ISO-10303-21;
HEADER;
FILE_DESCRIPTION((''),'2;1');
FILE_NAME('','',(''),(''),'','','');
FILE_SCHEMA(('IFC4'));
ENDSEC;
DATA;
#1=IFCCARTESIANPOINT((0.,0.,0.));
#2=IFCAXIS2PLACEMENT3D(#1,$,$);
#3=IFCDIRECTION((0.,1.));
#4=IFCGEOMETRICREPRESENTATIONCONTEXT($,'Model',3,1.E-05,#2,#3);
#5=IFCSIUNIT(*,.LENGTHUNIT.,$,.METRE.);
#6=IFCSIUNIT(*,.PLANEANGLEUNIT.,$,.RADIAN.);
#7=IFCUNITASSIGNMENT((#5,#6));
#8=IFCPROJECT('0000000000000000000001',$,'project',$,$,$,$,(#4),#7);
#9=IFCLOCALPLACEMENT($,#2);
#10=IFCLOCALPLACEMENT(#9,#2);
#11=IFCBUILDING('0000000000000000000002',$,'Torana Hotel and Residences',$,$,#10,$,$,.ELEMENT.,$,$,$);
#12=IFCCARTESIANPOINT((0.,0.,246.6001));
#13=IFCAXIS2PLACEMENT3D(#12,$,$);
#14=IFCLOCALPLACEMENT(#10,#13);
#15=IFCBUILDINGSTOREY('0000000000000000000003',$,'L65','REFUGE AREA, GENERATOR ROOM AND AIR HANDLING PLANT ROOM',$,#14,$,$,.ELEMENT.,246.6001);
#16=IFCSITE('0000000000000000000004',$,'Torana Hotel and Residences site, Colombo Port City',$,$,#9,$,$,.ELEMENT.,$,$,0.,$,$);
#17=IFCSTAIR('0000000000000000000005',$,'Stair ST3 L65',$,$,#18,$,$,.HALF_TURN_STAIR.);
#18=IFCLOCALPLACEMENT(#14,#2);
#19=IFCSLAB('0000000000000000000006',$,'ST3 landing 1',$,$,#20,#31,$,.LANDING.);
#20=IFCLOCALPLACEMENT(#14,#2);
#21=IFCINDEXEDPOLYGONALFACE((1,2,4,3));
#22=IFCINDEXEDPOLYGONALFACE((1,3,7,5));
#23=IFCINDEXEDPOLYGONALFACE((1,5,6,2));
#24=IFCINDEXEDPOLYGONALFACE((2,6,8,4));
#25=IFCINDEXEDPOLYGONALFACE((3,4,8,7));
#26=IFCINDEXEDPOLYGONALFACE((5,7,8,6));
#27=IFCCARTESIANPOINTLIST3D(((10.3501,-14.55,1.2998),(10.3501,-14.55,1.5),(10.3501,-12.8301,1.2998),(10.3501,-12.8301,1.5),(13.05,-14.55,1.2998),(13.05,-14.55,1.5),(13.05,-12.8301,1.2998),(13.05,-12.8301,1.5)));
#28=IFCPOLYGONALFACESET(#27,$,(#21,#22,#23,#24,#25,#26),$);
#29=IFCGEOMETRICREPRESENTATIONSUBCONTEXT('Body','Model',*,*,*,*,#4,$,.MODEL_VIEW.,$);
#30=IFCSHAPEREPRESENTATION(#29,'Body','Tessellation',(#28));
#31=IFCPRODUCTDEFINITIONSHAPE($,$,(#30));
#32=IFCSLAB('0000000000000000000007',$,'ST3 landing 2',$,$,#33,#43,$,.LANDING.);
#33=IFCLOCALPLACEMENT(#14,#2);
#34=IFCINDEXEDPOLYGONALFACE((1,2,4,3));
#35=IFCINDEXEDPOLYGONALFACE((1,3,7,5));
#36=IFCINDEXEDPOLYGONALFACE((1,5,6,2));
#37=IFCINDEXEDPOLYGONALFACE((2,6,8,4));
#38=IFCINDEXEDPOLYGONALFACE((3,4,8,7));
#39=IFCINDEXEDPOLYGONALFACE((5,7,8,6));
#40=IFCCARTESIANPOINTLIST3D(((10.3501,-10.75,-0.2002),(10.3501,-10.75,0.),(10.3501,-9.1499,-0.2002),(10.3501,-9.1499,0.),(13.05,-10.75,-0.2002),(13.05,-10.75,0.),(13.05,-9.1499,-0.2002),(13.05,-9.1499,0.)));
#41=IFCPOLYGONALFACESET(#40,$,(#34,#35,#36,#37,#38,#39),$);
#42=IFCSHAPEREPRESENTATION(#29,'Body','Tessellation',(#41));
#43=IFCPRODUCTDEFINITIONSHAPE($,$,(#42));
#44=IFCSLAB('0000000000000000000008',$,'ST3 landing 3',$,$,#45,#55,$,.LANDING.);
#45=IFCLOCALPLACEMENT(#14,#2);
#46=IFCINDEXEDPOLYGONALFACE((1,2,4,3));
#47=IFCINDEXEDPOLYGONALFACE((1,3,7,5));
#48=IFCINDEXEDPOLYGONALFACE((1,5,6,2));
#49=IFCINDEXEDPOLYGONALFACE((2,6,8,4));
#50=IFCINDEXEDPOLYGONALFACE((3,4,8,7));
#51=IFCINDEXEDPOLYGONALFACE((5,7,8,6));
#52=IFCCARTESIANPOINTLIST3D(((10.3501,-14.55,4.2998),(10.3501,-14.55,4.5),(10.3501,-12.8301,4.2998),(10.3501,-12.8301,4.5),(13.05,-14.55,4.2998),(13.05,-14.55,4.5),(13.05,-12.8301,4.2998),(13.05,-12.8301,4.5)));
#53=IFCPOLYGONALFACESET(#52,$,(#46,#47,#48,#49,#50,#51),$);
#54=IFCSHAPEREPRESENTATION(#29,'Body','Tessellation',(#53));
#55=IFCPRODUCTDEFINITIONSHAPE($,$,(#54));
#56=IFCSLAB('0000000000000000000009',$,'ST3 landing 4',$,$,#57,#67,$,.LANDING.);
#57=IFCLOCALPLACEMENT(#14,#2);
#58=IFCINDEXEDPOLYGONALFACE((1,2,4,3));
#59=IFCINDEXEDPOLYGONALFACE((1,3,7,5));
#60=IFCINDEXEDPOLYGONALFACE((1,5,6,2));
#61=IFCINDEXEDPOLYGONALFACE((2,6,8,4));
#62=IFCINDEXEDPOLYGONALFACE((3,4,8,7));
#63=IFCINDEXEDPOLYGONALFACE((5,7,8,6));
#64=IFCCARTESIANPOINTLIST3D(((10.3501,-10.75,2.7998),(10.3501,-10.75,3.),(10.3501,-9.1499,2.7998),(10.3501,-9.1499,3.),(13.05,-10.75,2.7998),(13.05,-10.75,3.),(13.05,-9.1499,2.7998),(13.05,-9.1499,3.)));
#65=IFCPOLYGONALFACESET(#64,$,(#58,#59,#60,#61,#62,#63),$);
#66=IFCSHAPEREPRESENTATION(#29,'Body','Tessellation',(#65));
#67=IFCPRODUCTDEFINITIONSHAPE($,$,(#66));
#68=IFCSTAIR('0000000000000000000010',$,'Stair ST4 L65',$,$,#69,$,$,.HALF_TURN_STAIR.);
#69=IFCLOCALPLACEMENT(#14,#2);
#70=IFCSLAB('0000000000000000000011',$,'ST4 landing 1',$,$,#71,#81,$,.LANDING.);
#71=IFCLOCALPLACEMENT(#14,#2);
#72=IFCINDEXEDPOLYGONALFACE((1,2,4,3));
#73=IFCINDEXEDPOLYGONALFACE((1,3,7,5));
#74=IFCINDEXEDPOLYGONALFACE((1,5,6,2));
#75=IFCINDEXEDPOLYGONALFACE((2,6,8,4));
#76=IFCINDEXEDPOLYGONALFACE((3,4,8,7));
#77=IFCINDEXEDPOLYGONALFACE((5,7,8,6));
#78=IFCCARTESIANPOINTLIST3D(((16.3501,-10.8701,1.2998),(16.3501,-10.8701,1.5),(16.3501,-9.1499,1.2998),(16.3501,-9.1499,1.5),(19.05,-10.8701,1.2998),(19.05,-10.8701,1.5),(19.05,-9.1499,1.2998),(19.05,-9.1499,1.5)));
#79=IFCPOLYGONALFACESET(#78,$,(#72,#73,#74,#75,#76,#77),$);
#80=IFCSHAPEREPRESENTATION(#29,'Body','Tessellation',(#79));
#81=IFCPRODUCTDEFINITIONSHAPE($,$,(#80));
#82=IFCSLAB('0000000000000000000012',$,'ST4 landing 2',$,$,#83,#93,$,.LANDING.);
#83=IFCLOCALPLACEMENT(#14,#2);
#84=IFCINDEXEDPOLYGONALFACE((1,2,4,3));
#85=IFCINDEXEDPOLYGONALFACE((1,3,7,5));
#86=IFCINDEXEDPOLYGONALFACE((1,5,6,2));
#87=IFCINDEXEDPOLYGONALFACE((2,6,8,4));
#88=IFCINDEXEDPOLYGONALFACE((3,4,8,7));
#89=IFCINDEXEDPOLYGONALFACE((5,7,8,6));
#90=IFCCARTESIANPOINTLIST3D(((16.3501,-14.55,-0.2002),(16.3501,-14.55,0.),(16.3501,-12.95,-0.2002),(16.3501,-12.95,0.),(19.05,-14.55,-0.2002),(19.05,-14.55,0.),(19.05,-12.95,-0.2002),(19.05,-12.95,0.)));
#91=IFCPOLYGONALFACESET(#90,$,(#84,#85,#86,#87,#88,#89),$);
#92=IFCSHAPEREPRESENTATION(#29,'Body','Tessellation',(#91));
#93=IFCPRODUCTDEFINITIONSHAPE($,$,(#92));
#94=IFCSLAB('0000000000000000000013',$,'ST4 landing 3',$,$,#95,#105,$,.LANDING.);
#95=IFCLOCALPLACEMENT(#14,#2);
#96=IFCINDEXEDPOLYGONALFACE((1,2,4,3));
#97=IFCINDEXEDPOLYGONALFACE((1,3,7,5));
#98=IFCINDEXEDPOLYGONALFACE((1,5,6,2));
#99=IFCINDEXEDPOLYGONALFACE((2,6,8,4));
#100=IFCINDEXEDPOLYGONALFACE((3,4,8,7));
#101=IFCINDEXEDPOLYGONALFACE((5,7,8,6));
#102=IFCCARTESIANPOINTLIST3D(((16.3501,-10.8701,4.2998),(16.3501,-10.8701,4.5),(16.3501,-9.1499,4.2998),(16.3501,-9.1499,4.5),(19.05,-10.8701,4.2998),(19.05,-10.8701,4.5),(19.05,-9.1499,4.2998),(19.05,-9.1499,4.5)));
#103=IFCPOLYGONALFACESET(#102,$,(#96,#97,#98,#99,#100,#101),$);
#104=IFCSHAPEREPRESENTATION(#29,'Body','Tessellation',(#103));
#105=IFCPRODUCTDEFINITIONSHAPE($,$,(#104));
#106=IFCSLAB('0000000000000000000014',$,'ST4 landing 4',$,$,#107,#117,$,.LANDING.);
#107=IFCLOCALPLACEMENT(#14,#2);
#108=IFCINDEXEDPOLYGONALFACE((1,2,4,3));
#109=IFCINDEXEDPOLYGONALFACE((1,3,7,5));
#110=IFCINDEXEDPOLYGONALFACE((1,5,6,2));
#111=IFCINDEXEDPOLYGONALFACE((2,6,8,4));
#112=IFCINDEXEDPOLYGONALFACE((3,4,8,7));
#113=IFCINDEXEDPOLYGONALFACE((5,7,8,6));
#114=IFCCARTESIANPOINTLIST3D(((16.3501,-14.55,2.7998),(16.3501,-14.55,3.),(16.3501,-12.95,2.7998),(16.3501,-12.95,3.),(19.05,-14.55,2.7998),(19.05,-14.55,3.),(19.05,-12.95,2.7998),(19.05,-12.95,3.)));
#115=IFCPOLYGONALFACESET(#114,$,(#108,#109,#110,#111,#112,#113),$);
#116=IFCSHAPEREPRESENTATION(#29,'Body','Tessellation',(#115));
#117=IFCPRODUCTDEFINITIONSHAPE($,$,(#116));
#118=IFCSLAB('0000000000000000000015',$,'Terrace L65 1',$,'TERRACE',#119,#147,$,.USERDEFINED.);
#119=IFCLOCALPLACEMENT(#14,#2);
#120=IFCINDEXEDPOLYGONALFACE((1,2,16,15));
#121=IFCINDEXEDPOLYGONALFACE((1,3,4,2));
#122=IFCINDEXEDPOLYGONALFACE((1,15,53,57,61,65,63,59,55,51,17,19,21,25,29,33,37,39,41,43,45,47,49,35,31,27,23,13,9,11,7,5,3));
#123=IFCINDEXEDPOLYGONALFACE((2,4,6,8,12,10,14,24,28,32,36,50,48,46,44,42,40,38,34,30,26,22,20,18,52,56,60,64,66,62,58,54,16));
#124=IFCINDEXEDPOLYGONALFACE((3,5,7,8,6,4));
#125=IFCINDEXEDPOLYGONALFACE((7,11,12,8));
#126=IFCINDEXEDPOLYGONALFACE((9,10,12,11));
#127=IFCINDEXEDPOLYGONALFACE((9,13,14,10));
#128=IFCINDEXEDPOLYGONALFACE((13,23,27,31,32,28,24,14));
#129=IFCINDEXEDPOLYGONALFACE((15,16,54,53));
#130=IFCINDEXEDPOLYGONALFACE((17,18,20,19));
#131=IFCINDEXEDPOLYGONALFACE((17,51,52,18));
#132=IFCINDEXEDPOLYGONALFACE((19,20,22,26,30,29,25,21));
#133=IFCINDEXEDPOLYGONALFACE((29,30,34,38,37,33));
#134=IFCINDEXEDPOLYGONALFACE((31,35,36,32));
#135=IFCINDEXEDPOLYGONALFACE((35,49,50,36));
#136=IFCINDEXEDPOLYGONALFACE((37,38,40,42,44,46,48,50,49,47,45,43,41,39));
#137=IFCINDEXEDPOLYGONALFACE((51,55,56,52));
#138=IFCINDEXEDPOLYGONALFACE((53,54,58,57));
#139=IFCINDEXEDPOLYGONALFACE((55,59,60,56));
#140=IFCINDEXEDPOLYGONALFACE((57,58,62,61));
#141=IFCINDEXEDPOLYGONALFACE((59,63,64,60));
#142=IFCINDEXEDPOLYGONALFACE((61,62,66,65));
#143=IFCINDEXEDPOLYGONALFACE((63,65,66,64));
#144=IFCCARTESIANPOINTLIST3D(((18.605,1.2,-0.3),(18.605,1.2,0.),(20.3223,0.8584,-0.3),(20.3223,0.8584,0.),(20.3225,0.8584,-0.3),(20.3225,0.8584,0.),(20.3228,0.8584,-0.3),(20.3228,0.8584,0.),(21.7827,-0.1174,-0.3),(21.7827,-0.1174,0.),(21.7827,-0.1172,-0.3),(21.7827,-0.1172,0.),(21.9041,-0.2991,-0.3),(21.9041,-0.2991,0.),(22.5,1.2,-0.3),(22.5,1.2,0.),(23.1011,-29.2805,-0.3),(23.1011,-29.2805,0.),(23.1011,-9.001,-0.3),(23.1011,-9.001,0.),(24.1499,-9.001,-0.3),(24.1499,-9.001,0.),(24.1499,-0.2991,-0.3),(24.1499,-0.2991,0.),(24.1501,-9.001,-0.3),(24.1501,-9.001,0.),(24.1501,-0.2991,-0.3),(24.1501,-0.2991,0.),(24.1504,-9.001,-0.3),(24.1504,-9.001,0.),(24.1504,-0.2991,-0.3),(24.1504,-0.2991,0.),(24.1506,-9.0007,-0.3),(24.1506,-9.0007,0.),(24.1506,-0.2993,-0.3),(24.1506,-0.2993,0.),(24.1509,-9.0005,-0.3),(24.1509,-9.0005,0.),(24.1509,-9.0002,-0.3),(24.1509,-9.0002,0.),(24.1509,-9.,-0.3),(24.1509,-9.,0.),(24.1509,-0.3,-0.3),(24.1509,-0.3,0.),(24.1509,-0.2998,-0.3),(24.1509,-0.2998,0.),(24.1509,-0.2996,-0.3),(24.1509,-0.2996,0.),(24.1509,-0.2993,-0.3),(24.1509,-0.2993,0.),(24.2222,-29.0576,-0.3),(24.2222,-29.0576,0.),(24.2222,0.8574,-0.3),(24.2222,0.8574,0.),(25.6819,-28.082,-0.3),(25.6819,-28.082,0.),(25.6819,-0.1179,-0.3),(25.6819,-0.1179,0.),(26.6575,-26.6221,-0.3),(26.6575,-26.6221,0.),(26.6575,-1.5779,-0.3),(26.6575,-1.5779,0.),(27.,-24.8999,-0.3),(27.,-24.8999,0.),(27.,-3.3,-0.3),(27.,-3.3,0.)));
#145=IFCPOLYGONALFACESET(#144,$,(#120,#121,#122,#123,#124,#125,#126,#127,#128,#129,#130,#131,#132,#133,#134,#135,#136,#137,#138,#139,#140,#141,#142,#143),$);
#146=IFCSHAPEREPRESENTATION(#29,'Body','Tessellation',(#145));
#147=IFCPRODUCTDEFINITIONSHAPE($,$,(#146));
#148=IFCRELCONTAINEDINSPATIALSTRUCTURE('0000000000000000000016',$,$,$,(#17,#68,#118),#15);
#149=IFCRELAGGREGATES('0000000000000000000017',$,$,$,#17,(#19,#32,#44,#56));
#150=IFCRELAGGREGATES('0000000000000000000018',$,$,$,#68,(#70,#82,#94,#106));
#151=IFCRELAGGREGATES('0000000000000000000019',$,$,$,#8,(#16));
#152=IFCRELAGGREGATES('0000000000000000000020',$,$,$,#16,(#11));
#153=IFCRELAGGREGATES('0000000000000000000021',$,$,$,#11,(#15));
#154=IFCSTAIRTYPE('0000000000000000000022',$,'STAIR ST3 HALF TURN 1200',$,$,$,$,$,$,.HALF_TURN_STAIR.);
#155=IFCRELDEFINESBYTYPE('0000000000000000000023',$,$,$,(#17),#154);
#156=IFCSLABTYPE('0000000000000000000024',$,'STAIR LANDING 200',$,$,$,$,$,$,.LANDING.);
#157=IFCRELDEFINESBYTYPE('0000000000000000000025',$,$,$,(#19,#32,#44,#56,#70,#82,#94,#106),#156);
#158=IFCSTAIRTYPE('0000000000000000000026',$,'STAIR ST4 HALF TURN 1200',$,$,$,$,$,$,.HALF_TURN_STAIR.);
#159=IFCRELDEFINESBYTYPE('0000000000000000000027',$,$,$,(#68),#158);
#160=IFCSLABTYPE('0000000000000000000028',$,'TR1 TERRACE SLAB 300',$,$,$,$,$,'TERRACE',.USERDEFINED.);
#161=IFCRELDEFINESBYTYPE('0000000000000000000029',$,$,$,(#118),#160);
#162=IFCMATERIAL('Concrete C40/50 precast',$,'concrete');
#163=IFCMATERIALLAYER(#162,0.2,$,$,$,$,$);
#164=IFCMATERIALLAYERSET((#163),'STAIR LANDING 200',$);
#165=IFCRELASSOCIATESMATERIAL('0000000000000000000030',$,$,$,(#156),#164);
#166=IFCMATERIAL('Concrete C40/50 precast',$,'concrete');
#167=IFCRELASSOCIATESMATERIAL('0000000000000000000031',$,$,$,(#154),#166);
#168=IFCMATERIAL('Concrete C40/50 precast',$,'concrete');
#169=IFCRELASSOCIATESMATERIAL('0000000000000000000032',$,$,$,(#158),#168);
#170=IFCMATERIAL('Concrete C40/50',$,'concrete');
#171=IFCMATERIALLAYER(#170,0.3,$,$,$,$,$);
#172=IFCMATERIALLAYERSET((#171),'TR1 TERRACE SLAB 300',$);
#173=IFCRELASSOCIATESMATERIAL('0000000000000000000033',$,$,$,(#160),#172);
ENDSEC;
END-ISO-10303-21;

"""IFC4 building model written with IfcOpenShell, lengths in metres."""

from ifc_helpers import new_model, si_unit, direction, frame, origin, place, context, subcontext, project, spatial, polyline, outline, extrude, material, layer, layer_set, type_object, element, aggregate, save


model = new_model("IFC4")

# Units and contexts
model_context = context("Model", 3, precision=1e-05, world=origin(), true_north=direction((0.0, 1.0)))
body_context = subcontext(model_context, "Body", "Model", "MODEL_VIEW")
ifc_project = project(units=[si_unit("LENGTHUNIT", "METRE"), si_unit("PLANEANGLEUNIT", "RADIAN")], contexts=[model_context])

# Site, building, storey
site_placement = place(None, origin())
site = spatial("IfcSite", under=ifc_project, at=site_placement, Name="Torana Hotel and Residences site, Colombo Port City", CompositionType="ELEMENT", RefElevation=0.0)
building_placement = place(site_placement, origin())
building = spatial("IfcBuilding", under=site, at=building_placement, Name="Torana Hotel and Residences", CompositionType="ELEMENT")
storey_placement = place(building_placement, frame((0.0, 0.0, 246.6001)))
storey = spatial("IfcBuildingStorey", under=building, at=storey_placement, Name="L65", Description="REFUGE AREA, GENERATOR ROOM AND AIR HANDLING PLANT ROOM", CompositionType="ELEMENT", Elevation=246.6001)

# Stairs, slabs
ifc_material_1 = material(Name="Concrete C40/50 precast", Category="concrete")
ifc_layer_1 = layer(ifc_material_1, 0.2)
ifc_layer_set_1 = layer_set([ifc_layer_1], Name="STAIR LANDING 200")
slab_type_1 = type_object("IfcSlabType", Name="STAIR LANDING 200", PredefinedType="LANDING", material=ifc_layer_set_1)
ifc_material_2 = material(Name="Concrete C40/50 precast", Category="concrete")
stair_type_1 = type_object("IfcStairType", Name="STAIR ST3 HALF TURN 1200", PredefinedType="HALF_TURN_STAIR", material=ifc_material_2)
stair_1_placement = place(storey_placement, origin())
stair_1 = element("IfcStair", 1, at=stair_1_placement, inside=storey, type_object=stair_type_1, Name="Stair ST3 L65", PredefinedType="HALF_TURN_STAIR")
slab_1_placement = place(storey_placement, frame((0.0, 0.0, 1.2998)))
slab_1 = element("IfcSlab", 2, at=slab_1_placement, type_object=slab_type_1, Name="ST3 landing 1", PredefinedType="LANDING", context=body_context, shape_type="SweptSolid", body=[
    extrude(outline(polyline([(10.3501, -14.55), (13.05, -14.55), (13.05, -12.8301), (10.3501, -12.8301), (10.3501, -14.55)])), origin(), (0.0, 0.0, 1.0), 0.2002),
])
slab_2_placement = place(storey_placement, frame((0.0, 0.0, -0.2002)))
slab_2 = element("IfcSlab", 3, at=slab_2_placement, type_object=slab_type_1, Name="ST3 landing 2", PredefinedType="LANDING", context=body_context, shape_type="SweptSolid", body=[
    extrude(outline(polyline([(10.3501, -10.75), (13.05, -10.75), (13.05, -9.1499), (10.3501, -9.1499), (10.3501, -10.75)])), origin(), (0.0, 0.0, 1.0), 0.2002),
])
slab_3_placement = place(storey_placement, frame((0.0, 0.0, 4.2998)))
slab_3 = element("IfcSlab", 4, at=slab_3_placement, type_object=slab_type_1, Name="ST3 landing 3", PredefinedType="LANDING", context=body_context, shape_type="SweptSolid", body=[
    extrude(outline(polyline([(10.3501, -14.55), (13.05, -14.55), (13.05, -12.8301), (10.3501, -12.8301), (10.3501, -14.55)])), origin(), (0.0, 0.0, 1.0), 0.2002),
])
slab_4_placement = place(storey_placement, frame((0.0, 0.0, 2.7998)))
slab_4 = element("IfcSlab", 5, at=slab_4_placement, type_object=slab_type_1, Name="ST3 landing 4", PredefinedType="LANDING", context=body_context, shape_type="SweptSolid", body=[
    extrude(outline(polyline([(10.3501, -10.75), (13.05, -10.75), (13.05, -9.1499), (10.3501, -9.1499), (10.3501, -10.75)])), origin(), (0.0, 0.0, 1.0), 0.2002),
])
aggregate(stair_1, [slab_1, slab_2, slab_3, slab_4])
ifc_material_3 = material(Name="Concrete C40/50 precast", Category="concrete")
stair_type_2 = type_object("IfcStairType", Name="STAIR ST4 HALF TURN 1200", PredefinedType="HALF_TURN_STAIR", material=ifc_material_3)
stair_2_placement = place(storey_placement, origin())
stair_2 = element("IfcStair", 6, at=stair_2_placement, inside=storey, type_object=stair_type_2, Name="Stair ST4 L65", PredefinedType="HALF_TURN_STAIR")
slab_5_placement = place(storey_placement, frame((0.0, 0.0, 1.2998)))
slab_5 = element("IfcSlab", 7, at=slab_5_placement, type_object=slab_type_1, Name="ST4 landing 1", PredefinedType="LANDING", context=body_context, shape_type="SweptSolid", body=[
    extrude(outline(polyline([(16.3501, -10.8701), (19.05, -10.8701), (19.05, -9.1499), (16.3501, -9.1499), (16.3501, -10.8701)])), origin(), (0.0, 0.0, 1.0), 0.2002),
])
slab_6_placement = place(storey_placement, frame((0.0, 0.0, -0.2002)))
slab_6 = element("IfcSlab", 8, at=slab_6_placement, type_object=slab_type_1, Name="ST4 landing 2", PredefinedType="LANDING", context=body_context, shape_type="SweptSolid", body=[
    extrude(outline(polyline([(16.3501, -14.55), (19.05, -14.55), (19.05, -12.95), (16.3501, -12.95), (16.3501, -14.55)])), origin(), (0.0, 0.0, 1.0), 0.2002),
])
slab_7_placement = place(storey_placement, frame((0.0, 0.0, 4.2998)))
slab_7 = element("IfcSlab", 9, at=slab_7_placement, type_object=slab_type_1, Name="ST4 landing 3", PredefinedType="LANDING", context=body_context, shape_type="SweptSolid", body=[
    extrude(outline(polyline([(16.3501, -10.8701), (19.05, -10.8701), (19.05, -9.1499), (16.3501, -9.1499), (16.3501, -10.8701)])), origin(), (0.0, 0.0, 1.0), 0.2002),
])
slab_8_placement = place(storey_placement, frame((0.0, 0.0, 2.7998)))
slab_8 = element("IfcSlab", 10, at=slab_8_placement, type_object=slab_type_1, Name="ST4 landing 4", PredefinedType="LANDING", context=body_context, shape_type="SweptSolid", body=[
    extrude(outline(polyline([(16.3501, -14.55), (19.05, -14.55), (19.05, -12.95), (16.3501, -12.95), (16.3501, -14.55)])), origin(), (0.0, 0.0, 1.0), 0.2002),
])
aggregate(stair_2, [slab_5, slab_6, slab_7, slab_8])

# Slab
ifc_material_4 = material(Name="Concrete C40/50", Category="concrete")
ifc_layer_2 = layer(ifc_material_4, 0.3)
ifc_layer_set_2 = layer_set([ifc_layer_2], Name="TR1 TERRACE SLAB 300")
slab_type_2 = type_object("IfcSlabType", Name="TR1 TERRACE SLAB 300", ElementType="TERRACE", PredefinedType="USERDEFINED", material=ifc_layer_set_2)
slab_9_placement = place(storey_placement, frame((0.0, 0.0, -0.3)))
element("IfcSlab", 11, at=slab_9_placement, inside=storey, type_object=slab_type_2, Name="Terrace L65 1", ObjectType="TERRACE", PredefinedType="USERDEFINED", context=body_context, shape_type="SweptSolid", body=[
    extrude(outline(polyline([(22.5, 1.2), (24.2222, 0.8574), (25.6819, -0.1179), (26.6575, -1.5779), (27.0, -3.3), (27.0, -24.8999), (26.6575, -26.6221), (25.6819, -28.082), (24.2222, -29.0576), (23.1011, -29.2805), (23.1011, -9.001), (24.1499, -9.001), (24.1501, -9.001), (24.1501, -9.001), (24.1504, -9.001), (24.1504, -9.001), (24.1504, -9.001), (24.1506, -9.0007), (24.1506, -9.0007), (24.1506, -9.0007), (24.1509, -9.0005), (24.1509, -9.0005), (24.1509, -9.0005), (24.1509, -9.0005), (24.1509, -9.0002), (24.1509, -9.0002), (24.1509, -9.0), (24.1509, -9.0), (24.1509, -0.3), (24.1509, -0.2998), (24.1509, -0.2998), (24.1509, -0.2998), (24.1509, -0.2996), (24.1509, -0.2996), (24.1509, -0.2993), (24.1509, -0.2993), (24.1506, -0.2993), (24.1506, -0.2993), (24.1506, -0.2993), (24.1504, -0.2991), (24.1504, -0.2991), (24.1504, -0.2991), (24.1501, -0.2991), (24.1501, -0.2991), (24.1499, -0.2991), (21.9041, -0.2991), (21.7827, -0.1174), (21.7827, -0.1174), (21.7827, -0.1172), (21.7827, -0.1172), (21.7827, -0.1172), (20.3228, 0.8584), (20.3225, 0.8584), (20.3225, 0.8584), (20.3225, 0.8584), (20.3223, 0.8584), (18.605, 1.2), (22.5, 1.2)])), origin(), (0.0, 0.0, 1.0), 0.3),
])

save(model, "model.ifc")
